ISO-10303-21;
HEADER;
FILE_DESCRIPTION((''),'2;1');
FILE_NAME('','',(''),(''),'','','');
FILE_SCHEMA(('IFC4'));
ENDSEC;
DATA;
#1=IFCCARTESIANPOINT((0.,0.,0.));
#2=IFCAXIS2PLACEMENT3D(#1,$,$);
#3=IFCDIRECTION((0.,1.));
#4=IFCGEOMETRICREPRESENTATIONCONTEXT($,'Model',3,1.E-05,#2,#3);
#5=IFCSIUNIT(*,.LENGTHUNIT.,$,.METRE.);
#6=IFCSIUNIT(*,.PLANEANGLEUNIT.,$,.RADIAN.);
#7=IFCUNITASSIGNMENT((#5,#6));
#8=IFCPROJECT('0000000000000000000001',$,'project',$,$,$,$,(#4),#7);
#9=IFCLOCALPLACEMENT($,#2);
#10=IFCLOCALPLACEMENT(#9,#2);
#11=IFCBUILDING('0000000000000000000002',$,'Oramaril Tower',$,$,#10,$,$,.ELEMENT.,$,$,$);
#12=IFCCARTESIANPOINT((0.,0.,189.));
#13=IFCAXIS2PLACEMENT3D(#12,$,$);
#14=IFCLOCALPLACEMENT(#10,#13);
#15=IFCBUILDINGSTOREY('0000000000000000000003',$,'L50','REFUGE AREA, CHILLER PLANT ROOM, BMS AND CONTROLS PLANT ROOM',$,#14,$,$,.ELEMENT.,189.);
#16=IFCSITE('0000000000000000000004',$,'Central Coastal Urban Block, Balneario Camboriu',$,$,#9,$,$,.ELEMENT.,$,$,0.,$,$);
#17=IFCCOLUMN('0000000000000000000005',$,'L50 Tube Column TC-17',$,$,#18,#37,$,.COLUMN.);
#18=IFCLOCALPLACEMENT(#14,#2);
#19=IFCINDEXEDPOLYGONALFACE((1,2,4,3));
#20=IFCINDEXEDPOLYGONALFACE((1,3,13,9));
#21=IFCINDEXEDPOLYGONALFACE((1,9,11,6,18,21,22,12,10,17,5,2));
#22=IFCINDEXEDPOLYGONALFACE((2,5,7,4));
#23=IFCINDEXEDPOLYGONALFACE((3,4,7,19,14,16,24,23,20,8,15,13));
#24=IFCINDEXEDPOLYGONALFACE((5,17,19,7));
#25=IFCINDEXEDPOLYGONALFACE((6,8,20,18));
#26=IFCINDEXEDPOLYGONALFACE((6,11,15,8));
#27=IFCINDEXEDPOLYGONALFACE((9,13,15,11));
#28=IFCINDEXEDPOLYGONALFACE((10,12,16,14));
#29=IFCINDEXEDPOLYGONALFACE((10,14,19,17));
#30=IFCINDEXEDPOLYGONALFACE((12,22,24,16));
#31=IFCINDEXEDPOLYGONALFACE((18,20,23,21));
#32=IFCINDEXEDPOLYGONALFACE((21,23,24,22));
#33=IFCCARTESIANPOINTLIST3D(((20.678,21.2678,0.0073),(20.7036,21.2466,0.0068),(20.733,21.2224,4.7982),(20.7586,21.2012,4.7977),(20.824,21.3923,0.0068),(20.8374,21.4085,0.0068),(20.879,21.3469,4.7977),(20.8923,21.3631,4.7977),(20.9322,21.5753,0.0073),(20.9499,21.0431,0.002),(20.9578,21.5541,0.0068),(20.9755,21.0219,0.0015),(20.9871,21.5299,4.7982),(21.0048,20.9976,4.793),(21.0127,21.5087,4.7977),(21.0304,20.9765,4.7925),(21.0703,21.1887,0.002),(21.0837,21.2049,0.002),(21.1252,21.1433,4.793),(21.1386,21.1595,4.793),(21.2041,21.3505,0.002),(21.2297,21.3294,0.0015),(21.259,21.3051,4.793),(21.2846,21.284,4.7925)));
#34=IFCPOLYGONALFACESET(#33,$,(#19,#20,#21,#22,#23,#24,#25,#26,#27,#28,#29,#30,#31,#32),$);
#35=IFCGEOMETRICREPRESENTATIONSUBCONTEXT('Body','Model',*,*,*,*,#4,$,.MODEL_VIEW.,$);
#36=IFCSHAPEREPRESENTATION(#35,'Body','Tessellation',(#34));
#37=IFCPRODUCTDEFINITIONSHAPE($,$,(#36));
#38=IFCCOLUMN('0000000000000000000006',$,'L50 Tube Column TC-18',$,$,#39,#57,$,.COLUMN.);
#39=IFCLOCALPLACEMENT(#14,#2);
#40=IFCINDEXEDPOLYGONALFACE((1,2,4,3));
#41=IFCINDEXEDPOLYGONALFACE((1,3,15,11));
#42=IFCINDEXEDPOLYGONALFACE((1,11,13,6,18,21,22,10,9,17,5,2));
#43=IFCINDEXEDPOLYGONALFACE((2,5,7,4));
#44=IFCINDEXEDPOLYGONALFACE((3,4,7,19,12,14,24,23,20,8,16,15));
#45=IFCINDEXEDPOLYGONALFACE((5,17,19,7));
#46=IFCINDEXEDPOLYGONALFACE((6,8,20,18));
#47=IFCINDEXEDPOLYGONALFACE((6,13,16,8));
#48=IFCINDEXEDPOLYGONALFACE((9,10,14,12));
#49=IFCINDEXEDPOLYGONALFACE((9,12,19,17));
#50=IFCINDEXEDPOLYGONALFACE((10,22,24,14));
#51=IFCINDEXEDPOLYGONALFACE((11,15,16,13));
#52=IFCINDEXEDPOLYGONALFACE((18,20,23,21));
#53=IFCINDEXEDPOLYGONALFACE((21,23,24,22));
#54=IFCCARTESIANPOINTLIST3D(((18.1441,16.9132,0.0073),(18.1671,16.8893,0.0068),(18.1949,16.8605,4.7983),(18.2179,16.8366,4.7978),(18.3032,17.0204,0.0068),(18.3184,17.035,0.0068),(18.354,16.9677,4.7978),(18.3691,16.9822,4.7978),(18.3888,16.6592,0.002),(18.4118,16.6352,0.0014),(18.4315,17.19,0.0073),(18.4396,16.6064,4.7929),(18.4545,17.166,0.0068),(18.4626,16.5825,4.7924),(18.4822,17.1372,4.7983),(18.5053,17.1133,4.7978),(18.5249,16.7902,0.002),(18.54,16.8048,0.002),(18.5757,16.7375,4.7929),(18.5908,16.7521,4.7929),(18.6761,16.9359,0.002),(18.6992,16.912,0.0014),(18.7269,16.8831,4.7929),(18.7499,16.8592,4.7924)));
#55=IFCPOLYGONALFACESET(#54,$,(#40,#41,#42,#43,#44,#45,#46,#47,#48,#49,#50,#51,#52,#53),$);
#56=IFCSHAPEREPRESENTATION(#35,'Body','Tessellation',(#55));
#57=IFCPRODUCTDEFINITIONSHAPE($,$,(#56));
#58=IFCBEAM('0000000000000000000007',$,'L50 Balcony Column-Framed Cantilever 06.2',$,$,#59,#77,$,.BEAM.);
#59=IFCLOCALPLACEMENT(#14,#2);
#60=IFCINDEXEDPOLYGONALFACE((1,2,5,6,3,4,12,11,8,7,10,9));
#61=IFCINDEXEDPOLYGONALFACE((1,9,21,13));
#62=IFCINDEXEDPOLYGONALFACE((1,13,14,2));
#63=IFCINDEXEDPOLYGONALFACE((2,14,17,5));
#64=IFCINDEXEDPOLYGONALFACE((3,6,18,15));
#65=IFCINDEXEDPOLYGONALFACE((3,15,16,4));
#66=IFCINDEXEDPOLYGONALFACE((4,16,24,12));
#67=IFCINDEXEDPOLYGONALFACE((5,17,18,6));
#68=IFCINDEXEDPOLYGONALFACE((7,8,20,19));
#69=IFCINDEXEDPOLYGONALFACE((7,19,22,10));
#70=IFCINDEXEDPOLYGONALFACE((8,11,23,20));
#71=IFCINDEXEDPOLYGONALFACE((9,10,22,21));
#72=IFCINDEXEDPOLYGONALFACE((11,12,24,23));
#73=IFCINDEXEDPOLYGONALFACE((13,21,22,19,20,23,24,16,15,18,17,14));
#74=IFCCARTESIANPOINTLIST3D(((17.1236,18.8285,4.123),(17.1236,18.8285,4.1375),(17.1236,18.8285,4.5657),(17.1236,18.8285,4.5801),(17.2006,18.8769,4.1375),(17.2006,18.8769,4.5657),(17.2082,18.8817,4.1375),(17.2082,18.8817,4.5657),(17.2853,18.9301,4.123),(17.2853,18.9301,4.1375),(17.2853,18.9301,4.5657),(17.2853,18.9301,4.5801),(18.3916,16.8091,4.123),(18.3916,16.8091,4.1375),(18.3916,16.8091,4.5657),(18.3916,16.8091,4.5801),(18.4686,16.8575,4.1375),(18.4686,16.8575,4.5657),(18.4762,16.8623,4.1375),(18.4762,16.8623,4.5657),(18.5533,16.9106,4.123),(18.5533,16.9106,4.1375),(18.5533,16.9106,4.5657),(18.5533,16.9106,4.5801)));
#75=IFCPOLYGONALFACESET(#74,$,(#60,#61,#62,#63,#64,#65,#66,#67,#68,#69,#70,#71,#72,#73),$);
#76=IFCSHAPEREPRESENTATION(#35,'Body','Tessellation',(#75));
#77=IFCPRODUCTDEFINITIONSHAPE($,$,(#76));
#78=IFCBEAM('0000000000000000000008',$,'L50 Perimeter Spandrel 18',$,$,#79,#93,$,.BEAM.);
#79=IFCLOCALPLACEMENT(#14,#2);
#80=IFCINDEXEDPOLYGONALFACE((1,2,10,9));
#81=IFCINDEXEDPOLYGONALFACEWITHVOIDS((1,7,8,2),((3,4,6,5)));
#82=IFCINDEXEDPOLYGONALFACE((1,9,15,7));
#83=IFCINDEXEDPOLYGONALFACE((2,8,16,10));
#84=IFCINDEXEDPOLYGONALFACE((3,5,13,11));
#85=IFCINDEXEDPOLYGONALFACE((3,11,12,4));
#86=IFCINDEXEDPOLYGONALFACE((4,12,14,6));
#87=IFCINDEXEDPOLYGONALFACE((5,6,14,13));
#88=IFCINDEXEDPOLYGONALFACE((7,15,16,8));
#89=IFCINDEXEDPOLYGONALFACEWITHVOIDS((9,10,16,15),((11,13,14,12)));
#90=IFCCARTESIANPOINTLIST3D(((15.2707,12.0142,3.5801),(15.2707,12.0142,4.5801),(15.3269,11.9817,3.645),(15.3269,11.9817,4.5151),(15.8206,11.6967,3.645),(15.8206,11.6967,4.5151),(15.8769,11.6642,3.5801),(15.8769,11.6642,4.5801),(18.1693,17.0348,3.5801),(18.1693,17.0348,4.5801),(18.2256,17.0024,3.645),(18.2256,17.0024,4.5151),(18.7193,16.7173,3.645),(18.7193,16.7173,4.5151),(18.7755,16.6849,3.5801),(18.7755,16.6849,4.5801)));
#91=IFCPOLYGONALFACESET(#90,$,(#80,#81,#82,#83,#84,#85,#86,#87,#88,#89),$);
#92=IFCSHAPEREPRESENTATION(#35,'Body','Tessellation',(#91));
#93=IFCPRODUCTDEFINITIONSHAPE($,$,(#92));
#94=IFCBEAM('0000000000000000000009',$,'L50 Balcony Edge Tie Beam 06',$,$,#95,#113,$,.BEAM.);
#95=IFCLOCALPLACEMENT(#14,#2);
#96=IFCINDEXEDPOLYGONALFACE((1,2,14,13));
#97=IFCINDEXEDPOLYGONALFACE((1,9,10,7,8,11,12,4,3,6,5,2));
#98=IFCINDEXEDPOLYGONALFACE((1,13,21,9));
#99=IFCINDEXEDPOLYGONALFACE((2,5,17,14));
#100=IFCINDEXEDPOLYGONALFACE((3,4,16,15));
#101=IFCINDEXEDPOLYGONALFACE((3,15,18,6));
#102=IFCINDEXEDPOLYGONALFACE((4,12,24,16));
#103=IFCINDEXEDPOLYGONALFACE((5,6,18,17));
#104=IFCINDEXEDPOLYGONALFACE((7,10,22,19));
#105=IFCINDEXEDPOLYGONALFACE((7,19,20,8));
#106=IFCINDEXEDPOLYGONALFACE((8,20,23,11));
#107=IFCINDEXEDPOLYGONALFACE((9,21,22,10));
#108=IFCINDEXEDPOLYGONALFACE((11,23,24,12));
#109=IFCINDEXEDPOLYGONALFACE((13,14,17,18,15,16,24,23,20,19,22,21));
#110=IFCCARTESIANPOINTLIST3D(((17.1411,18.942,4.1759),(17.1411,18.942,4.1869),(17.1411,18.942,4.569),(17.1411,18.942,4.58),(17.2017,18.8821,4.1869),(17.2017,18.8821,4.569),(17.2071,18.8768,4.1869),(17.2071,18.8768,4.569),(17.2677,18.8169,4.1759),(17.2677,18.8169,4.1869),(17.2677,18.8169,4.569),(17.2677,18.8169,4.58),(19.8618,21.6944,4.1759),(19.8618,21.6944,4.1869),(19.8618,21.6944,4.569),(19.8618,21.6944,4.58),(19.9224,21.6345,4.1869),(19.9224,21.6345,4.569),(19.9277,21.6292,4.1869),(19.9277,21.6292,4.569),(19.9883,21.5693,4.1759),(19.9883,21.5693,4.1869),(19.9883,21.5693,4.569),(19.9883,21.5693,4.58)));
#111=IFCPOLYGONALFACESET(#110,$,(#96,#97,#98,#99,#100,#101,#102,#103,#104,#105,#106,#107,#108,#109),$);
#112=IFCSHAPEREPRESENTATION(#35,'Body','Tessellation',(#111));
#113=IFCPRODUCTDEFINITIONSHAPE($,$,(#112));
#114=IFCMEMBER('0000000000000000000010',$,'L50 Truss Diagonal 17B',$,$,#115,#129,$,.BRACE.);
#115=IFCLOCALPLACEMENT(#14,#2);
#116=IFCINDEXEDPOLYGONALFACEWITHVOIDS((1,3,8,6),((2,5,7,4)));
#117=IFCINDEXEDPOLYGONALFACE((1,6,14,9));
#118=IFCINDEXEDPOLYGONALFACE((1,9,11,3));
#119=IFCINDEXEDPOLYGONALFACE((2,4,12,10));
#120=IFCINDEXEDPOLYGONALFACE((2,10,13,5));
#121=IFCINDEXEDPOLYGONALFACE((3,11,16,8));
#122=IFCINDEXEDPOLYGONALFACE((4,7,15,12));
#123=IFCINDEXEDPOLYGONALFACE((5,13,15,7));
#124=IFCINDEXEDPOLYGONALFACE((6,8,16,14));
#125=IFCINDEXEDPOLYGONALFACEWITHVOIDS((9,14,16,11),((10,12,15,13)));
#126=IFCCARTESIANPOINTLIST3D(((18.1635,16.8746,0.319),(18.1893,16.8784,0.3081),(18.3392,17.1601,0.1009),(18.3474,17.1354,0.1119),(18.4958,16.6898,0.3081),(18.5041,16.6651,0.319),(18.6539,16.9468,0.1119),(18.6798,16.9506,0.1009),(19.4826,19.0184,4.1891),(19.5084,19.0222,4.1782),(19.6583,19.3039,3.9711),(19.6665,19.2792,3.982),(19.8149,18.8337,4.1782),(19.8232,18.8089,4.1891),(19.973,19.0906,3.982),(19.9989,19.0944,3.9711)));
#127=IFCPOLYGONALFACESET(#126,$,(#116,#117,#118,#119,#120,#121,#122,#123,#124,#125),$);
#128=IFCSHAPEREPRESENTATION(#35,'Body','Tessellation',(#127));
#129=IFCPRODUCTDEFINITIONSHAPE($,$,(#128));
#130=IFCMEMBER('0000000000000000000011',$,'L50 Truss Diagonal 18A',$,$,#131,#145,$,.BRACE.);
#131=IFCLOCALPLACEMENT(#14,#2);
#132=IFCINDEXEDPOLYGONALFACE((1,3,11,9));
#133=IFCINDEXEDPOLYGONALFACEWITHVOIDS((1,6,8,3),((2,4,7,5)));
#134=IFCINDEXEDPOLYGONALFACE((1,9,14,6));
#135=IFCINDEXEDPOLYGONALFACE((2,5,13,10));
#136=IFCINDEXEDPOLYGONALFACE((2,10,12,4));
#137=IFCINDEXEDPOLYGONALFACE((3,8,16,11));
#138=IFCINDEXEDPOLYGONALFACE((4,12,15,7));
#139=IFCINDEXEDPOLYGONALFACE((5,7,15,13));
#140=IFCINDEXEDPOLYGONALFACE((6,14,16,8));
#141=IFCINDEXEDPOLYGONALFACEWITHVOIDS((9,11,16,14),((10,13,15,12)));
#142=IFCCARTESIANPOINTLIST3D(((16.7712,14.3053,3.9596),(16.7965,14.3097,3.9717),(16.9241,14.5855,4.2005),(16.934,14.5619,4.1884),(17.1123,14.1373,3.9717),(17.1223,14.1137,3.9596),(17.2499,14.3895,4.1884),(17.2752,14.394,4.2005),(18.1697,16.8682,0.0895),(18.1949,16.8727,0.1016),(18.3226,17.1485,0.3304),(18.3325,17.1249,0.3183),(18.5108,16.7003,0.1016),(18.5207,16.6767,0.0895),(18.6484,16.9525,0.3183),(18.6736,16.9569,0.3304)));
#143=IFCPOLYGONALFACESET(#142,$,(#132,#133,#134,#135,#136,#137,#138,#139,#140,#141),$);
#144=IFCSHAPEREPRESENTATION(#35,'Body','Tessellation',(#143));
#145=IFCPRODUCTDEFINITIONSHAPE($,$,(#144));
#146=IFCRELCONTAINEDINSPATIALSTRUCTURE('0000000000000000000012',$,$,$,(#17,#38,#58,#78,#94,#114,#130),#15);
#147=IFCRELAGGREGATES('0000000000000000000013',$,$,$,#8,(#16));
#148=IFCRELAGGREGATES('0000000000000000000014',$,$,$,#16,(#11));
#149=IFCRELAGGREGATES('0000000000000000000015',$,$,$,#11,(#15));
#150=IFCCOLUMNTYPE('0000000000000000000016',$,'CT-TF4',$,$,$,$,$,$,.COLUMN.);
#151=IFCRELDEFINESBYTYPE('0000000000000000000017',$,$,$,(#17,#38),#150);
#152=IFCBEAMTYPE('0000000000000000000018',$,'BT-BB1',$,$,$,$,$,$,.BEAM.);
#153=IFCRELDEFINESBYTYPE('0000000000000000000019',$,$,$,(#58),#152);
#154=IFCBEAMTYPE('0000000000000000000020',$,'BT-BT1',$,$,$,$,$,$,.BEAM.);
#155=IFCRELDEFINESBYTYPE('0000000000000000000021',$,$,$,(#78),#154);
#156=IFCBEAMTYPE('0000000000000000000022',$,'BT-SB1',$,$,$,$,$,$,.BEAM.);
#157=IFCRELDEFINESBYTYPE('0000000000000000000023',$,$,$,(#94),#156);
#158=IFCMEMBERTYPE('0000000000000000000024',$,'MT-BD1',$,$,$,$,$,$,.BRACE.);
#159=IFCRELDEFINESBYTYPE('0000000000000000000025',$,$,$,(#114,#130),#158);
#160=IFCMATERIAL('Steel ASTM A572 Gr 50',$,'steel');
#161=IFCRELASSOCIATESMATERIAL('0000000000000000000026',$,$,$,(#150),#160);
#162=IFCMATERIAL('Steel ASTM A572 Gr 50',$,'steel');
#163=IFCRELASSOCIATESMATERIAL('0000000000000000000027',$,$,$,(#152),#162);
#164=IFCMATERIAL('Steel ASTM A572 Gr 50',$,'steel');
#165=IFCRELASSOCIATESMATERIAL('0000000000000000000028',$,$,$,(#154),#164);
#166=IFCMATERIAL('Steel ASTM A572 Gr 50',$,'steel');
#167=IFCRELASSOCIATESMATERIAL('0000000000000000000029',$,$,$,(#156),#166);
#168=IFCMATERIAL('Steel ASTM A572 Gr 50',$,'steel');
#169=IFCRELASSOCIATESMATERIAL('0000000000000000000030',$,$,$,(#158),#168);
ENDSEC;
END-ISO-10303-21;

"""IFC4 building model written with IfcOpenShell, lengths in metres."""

from ifc_helpers import new_model, si_unit, direction, frame, origin, origin_2d, place, context, subcontext, project, spatial, hollow_rectangle, i_section, extrude, material, material_profile, profile_set, type_object, element, save


model = new_model("IFC4")

# Units and contexts
model_context = context("Model", 3, precision=1e-05, world=origin(), true_north=direction((0.0, 1.0)))
body_context = subcontext(model_context, "Body", "Model", "MODEL_VIEW")
ifc_project = project(units=[si_unit("LENGTHUNIT", "METRE"), si_unit("PLANEANGLEUNIT", "RADIAN")], contexts=[model_context])

# Site, building, storey
site_placement = place(None, origin())
site = spatial("IfcSite", under=ifc_project, at=site_placement, Name="Central Coastal Urban Block, Balneario Camboriu", CompositionType="ELEMENT", RefElevation=0.0)
building_placement = place(site_placement, origin())
building = spatial("IfcBuilding", under=site, at=building_placement, Name="Oramaril Tower", CompositionType="ELEMENT")
storey_placement = place(building_placement, frame((0.0, 0.0, 189.0)))
storey = spatial("IfcBuildingStorey", under=building, at=storey_placement, Name="L50", Description="REFUGE AREA, CHILLER PLANT ROOM, BMS AND CONTROLS PLANT ROOM", CompositionType="ELEMENT", Elevation=189.0)

# Columns
ifc_material_1 = material(Name="Steel ASTM A572 Gr 50", Category="steel")
ifc_material_profile_1 = material_profile(ifc_material_1, i_section(OverallWidth=0.3989, OverallDepth=0.386, WebThickness=0.021, FlangeThickness=0.0332, at=origin_2d()), Name="W14X176")
ifc_profile_set_1 = profile_set([ifc_material_profile_1], Name="Steel ASTM A572 Gr 50")
column_type = type_object("IfcColumnType", Name="CT-TF4", PredefinedType="COLUMN", material=ifc_profile_set_1)
for number, where, z_axis, x_axis, name in (
    (1, (20.9539, 21.2986, 0.0044), (0.011464, -0.009477, 0.999889), (0.637147, 0.770742, 0.0), "L50 Tube Column TC-17"),
    (2, (18.4216, 16.9126, 0.0044), (0.010598, -0.011006, 0.999883), (0.72032, 0.693642, 0.0), "L50 Tube Column TC-18"),
):
    element("IfcColumn", number, at=place(storey_placement, frame(where, z_axis=z_axis, x_axis=x_axis)), inside=storey, type_object=column_type, Name=name, PredefinedType="COLUMN", context=body_context, shape_type="SweptSolid", body=[
        extrude(i_section(OverallWidth=0.3989, OverallDepth=0.386, WebThickness=0.021, FlangeThickness=0.0332, at=origin_2d()), origin(), (0.0, 0.0, 1.0), 4.7915),
    ])

# Beams
ifc_material_2 = material(Name="Steel ASTM A572 Gr 50", Category="steel")
ifc_material_profile_2 = material_profile(ifc_material_2, i_section(OverallWidth=0.1909, OverallDepth=0.457, WebThickness=0.009, FlangeThickness=0.0144, at=origin_2d()), Name="W18X50")
ifc_profile_set_2 = profile_set([ifc_material_profile_2], Name="Steel ASTM A572 Gr 50")
beam_type_1 = type_object("IfcBeamType", Name="BT-BB1", PredefinedType="BEAM", material=ifc_profile_set_2)
beam_1_placement = place(storey_placement, frame((18.4724, 16.8599, 4.3516), z_axis=(-0.531765, 0.846892, 0.0), x_axis=(-0.846892, -0.531765, 0.0)))
element("IfcBeam", 3, at=beam_1_placement, inside=storey, type_object=beam_type_1, Name="L50 Balcony Column-Framed Cantilever 06.2", PredefinedType="BEAM", context=body_context, shape_type="SweptSolid", body=[
    extrude(i_section(OverallWidth=0.1909, OverallDepth=0.457, WebThickness=0.009, FlangeThickness=0.0144, at=origin_2d()), origin(), (0.0, 0.0, 1.0), 2.3845),
])
ifc_material_3 = material(Name="Steel ASTM A572 Gr 50", Category="steel")
ifc_material_profile_3 = material_profile(ifc_material_3, hollow_rectangle(XDim=0.7, YDim=1.0, WallThickness=0.0649, at=origin_2d()), Name="BOX1000X700X65")
ifc_profile_set_3 = profile_set([ifc_material_profile_3], Name="Steel ASTM A572 Gr 50")
beam_type_2 = type_object("IfcBeamType", Name="BT-BT1", PredefinedType="BEAM", material=ifc_profile_set_3)
beam_2_placement = place(storey_placement, frame((18.4724, 16.8599, 4.0801), z_axis=(-0.499993, -0.866029, 0.0), x_axis=(0.866029, -0.499993, 0.0)))
element("IfcBeam", 4, at=beam_2_placement, inside=storey, type_object=beam_type_2, Name="L50 Perimeter Spandrel 18", PredefinedType="BEAM", context=body_context, shape_type="SweptSolid", body=[
    extrude(hollow_rectangle(XDim=0.7, YDim=1.0, WallThickness=0.0649, at=origin_2d()), origin(), (0.0, 0.0, 1.0), 5.7974),
])
ifc_material_4 = material(Name="Steel ASTM A572 Gr 50", Category="steel")
ifc_material_profile_4 = material_profile(ifc_material_4, i_section(OverallWidth=0.178, OverallDepth=0.4041, WebThickness=0.0076, FlangeThickness=0.011, at=origin_2d()), Name="W16X36")
ifc_profile_set_4 = profile_set([ifc_material_profile_4], Name="Steel ASTM A572 Gr 50")
beam_type_3 = type_object("IfcBeamType", Name="BT-SB1", PredefinedType="BEAM", material=ifc_profile_set_4)
beam_3_placement = place(storey_placement, frame((19.925, 21.6318, 4.3779), z_axis=(-0.702995, -0.711195, 0.0), x_axis=(0.711195, -0.702995, 0.0)))
element("IfcBeam", 5, at=beam_3_placement, inside=storey, type_object=beam_type_3, Name="L50 Balcony Edge Tie Beam 06", PredefinedType="BEAM", context=body_context, shape_type="SweptSolid", body=[
    extrude(i_section(OverallWidth=0.178, OverallDepth=0.4041, WebThickness=0.0076, FlangeThickness=0.011, at=origin_2d()), origin(), (0.0, 0.0, 1.0), 3.8701),
])

# Members
ifc_material_5 = material(Name="Steel ASTM A572 Gr 50", Category="steel")
ifc_material_profile_5 = material_profile(ifc_material_5, hollow_rectangle(XDim=0.3999, YDim=0.3999, WallThickness=0.02, at=origin_2d()), Name="HSS400X400X20")
ifc_profile_set_5 = profile_set([ifc_material_profile_5], Name="Steel ASTM A572 Gr 50")
member_type_1 = type_object("IfcMemberType", Name="MT-BD1", PredefinedType="BRACE", material=ifc_profile_set_5)
member_1_placement = place(storey_placement, frame((18.4216, 16.9126, 0.21), z_axis=(0.285723, 0.46436, 0.838291), x_axis=(-0.851688, 0.524049, 0.0)))
element("IfcMember", 6, at=member_1_placement, inside=storey, type_object=member_type_1, Name="L50 Truss Diagonal 17B", PredefinedType="BRACE", context=body_context, shape_type="SweptSolid", body=[
    extrude(hollow_rectangle(XDim=0.3999, YDim=0.3999, WallThickness=0.02, at=origin_2d()), origin(), (0.0, 0.0, 1.0), 4.6167),
])
member_2_placement = place(storey_placement, frame((18.4216, 16.9126, 0.21), z_axis=(-0.288461, -0.528678, 0.798304), x_axis=(0.877832, -0.478969, 0.0)))
element("IfcMember", 7, at=member_2_placement, inside=storey, type_object=member_type_1, Name="L50 Truss Diagonal 18A", PredefinedType="BRACE", context=body_context, shape_type="SweptSolid", body=[
    extrude(hollow_rectangle(XDim=0.3999, YDim=0.3999, WallThickness=0.02, at=origin_2d()), origin(), (0.0, 0.0, 1.0), 4.8479),
])

save(model, "model.ifc")
